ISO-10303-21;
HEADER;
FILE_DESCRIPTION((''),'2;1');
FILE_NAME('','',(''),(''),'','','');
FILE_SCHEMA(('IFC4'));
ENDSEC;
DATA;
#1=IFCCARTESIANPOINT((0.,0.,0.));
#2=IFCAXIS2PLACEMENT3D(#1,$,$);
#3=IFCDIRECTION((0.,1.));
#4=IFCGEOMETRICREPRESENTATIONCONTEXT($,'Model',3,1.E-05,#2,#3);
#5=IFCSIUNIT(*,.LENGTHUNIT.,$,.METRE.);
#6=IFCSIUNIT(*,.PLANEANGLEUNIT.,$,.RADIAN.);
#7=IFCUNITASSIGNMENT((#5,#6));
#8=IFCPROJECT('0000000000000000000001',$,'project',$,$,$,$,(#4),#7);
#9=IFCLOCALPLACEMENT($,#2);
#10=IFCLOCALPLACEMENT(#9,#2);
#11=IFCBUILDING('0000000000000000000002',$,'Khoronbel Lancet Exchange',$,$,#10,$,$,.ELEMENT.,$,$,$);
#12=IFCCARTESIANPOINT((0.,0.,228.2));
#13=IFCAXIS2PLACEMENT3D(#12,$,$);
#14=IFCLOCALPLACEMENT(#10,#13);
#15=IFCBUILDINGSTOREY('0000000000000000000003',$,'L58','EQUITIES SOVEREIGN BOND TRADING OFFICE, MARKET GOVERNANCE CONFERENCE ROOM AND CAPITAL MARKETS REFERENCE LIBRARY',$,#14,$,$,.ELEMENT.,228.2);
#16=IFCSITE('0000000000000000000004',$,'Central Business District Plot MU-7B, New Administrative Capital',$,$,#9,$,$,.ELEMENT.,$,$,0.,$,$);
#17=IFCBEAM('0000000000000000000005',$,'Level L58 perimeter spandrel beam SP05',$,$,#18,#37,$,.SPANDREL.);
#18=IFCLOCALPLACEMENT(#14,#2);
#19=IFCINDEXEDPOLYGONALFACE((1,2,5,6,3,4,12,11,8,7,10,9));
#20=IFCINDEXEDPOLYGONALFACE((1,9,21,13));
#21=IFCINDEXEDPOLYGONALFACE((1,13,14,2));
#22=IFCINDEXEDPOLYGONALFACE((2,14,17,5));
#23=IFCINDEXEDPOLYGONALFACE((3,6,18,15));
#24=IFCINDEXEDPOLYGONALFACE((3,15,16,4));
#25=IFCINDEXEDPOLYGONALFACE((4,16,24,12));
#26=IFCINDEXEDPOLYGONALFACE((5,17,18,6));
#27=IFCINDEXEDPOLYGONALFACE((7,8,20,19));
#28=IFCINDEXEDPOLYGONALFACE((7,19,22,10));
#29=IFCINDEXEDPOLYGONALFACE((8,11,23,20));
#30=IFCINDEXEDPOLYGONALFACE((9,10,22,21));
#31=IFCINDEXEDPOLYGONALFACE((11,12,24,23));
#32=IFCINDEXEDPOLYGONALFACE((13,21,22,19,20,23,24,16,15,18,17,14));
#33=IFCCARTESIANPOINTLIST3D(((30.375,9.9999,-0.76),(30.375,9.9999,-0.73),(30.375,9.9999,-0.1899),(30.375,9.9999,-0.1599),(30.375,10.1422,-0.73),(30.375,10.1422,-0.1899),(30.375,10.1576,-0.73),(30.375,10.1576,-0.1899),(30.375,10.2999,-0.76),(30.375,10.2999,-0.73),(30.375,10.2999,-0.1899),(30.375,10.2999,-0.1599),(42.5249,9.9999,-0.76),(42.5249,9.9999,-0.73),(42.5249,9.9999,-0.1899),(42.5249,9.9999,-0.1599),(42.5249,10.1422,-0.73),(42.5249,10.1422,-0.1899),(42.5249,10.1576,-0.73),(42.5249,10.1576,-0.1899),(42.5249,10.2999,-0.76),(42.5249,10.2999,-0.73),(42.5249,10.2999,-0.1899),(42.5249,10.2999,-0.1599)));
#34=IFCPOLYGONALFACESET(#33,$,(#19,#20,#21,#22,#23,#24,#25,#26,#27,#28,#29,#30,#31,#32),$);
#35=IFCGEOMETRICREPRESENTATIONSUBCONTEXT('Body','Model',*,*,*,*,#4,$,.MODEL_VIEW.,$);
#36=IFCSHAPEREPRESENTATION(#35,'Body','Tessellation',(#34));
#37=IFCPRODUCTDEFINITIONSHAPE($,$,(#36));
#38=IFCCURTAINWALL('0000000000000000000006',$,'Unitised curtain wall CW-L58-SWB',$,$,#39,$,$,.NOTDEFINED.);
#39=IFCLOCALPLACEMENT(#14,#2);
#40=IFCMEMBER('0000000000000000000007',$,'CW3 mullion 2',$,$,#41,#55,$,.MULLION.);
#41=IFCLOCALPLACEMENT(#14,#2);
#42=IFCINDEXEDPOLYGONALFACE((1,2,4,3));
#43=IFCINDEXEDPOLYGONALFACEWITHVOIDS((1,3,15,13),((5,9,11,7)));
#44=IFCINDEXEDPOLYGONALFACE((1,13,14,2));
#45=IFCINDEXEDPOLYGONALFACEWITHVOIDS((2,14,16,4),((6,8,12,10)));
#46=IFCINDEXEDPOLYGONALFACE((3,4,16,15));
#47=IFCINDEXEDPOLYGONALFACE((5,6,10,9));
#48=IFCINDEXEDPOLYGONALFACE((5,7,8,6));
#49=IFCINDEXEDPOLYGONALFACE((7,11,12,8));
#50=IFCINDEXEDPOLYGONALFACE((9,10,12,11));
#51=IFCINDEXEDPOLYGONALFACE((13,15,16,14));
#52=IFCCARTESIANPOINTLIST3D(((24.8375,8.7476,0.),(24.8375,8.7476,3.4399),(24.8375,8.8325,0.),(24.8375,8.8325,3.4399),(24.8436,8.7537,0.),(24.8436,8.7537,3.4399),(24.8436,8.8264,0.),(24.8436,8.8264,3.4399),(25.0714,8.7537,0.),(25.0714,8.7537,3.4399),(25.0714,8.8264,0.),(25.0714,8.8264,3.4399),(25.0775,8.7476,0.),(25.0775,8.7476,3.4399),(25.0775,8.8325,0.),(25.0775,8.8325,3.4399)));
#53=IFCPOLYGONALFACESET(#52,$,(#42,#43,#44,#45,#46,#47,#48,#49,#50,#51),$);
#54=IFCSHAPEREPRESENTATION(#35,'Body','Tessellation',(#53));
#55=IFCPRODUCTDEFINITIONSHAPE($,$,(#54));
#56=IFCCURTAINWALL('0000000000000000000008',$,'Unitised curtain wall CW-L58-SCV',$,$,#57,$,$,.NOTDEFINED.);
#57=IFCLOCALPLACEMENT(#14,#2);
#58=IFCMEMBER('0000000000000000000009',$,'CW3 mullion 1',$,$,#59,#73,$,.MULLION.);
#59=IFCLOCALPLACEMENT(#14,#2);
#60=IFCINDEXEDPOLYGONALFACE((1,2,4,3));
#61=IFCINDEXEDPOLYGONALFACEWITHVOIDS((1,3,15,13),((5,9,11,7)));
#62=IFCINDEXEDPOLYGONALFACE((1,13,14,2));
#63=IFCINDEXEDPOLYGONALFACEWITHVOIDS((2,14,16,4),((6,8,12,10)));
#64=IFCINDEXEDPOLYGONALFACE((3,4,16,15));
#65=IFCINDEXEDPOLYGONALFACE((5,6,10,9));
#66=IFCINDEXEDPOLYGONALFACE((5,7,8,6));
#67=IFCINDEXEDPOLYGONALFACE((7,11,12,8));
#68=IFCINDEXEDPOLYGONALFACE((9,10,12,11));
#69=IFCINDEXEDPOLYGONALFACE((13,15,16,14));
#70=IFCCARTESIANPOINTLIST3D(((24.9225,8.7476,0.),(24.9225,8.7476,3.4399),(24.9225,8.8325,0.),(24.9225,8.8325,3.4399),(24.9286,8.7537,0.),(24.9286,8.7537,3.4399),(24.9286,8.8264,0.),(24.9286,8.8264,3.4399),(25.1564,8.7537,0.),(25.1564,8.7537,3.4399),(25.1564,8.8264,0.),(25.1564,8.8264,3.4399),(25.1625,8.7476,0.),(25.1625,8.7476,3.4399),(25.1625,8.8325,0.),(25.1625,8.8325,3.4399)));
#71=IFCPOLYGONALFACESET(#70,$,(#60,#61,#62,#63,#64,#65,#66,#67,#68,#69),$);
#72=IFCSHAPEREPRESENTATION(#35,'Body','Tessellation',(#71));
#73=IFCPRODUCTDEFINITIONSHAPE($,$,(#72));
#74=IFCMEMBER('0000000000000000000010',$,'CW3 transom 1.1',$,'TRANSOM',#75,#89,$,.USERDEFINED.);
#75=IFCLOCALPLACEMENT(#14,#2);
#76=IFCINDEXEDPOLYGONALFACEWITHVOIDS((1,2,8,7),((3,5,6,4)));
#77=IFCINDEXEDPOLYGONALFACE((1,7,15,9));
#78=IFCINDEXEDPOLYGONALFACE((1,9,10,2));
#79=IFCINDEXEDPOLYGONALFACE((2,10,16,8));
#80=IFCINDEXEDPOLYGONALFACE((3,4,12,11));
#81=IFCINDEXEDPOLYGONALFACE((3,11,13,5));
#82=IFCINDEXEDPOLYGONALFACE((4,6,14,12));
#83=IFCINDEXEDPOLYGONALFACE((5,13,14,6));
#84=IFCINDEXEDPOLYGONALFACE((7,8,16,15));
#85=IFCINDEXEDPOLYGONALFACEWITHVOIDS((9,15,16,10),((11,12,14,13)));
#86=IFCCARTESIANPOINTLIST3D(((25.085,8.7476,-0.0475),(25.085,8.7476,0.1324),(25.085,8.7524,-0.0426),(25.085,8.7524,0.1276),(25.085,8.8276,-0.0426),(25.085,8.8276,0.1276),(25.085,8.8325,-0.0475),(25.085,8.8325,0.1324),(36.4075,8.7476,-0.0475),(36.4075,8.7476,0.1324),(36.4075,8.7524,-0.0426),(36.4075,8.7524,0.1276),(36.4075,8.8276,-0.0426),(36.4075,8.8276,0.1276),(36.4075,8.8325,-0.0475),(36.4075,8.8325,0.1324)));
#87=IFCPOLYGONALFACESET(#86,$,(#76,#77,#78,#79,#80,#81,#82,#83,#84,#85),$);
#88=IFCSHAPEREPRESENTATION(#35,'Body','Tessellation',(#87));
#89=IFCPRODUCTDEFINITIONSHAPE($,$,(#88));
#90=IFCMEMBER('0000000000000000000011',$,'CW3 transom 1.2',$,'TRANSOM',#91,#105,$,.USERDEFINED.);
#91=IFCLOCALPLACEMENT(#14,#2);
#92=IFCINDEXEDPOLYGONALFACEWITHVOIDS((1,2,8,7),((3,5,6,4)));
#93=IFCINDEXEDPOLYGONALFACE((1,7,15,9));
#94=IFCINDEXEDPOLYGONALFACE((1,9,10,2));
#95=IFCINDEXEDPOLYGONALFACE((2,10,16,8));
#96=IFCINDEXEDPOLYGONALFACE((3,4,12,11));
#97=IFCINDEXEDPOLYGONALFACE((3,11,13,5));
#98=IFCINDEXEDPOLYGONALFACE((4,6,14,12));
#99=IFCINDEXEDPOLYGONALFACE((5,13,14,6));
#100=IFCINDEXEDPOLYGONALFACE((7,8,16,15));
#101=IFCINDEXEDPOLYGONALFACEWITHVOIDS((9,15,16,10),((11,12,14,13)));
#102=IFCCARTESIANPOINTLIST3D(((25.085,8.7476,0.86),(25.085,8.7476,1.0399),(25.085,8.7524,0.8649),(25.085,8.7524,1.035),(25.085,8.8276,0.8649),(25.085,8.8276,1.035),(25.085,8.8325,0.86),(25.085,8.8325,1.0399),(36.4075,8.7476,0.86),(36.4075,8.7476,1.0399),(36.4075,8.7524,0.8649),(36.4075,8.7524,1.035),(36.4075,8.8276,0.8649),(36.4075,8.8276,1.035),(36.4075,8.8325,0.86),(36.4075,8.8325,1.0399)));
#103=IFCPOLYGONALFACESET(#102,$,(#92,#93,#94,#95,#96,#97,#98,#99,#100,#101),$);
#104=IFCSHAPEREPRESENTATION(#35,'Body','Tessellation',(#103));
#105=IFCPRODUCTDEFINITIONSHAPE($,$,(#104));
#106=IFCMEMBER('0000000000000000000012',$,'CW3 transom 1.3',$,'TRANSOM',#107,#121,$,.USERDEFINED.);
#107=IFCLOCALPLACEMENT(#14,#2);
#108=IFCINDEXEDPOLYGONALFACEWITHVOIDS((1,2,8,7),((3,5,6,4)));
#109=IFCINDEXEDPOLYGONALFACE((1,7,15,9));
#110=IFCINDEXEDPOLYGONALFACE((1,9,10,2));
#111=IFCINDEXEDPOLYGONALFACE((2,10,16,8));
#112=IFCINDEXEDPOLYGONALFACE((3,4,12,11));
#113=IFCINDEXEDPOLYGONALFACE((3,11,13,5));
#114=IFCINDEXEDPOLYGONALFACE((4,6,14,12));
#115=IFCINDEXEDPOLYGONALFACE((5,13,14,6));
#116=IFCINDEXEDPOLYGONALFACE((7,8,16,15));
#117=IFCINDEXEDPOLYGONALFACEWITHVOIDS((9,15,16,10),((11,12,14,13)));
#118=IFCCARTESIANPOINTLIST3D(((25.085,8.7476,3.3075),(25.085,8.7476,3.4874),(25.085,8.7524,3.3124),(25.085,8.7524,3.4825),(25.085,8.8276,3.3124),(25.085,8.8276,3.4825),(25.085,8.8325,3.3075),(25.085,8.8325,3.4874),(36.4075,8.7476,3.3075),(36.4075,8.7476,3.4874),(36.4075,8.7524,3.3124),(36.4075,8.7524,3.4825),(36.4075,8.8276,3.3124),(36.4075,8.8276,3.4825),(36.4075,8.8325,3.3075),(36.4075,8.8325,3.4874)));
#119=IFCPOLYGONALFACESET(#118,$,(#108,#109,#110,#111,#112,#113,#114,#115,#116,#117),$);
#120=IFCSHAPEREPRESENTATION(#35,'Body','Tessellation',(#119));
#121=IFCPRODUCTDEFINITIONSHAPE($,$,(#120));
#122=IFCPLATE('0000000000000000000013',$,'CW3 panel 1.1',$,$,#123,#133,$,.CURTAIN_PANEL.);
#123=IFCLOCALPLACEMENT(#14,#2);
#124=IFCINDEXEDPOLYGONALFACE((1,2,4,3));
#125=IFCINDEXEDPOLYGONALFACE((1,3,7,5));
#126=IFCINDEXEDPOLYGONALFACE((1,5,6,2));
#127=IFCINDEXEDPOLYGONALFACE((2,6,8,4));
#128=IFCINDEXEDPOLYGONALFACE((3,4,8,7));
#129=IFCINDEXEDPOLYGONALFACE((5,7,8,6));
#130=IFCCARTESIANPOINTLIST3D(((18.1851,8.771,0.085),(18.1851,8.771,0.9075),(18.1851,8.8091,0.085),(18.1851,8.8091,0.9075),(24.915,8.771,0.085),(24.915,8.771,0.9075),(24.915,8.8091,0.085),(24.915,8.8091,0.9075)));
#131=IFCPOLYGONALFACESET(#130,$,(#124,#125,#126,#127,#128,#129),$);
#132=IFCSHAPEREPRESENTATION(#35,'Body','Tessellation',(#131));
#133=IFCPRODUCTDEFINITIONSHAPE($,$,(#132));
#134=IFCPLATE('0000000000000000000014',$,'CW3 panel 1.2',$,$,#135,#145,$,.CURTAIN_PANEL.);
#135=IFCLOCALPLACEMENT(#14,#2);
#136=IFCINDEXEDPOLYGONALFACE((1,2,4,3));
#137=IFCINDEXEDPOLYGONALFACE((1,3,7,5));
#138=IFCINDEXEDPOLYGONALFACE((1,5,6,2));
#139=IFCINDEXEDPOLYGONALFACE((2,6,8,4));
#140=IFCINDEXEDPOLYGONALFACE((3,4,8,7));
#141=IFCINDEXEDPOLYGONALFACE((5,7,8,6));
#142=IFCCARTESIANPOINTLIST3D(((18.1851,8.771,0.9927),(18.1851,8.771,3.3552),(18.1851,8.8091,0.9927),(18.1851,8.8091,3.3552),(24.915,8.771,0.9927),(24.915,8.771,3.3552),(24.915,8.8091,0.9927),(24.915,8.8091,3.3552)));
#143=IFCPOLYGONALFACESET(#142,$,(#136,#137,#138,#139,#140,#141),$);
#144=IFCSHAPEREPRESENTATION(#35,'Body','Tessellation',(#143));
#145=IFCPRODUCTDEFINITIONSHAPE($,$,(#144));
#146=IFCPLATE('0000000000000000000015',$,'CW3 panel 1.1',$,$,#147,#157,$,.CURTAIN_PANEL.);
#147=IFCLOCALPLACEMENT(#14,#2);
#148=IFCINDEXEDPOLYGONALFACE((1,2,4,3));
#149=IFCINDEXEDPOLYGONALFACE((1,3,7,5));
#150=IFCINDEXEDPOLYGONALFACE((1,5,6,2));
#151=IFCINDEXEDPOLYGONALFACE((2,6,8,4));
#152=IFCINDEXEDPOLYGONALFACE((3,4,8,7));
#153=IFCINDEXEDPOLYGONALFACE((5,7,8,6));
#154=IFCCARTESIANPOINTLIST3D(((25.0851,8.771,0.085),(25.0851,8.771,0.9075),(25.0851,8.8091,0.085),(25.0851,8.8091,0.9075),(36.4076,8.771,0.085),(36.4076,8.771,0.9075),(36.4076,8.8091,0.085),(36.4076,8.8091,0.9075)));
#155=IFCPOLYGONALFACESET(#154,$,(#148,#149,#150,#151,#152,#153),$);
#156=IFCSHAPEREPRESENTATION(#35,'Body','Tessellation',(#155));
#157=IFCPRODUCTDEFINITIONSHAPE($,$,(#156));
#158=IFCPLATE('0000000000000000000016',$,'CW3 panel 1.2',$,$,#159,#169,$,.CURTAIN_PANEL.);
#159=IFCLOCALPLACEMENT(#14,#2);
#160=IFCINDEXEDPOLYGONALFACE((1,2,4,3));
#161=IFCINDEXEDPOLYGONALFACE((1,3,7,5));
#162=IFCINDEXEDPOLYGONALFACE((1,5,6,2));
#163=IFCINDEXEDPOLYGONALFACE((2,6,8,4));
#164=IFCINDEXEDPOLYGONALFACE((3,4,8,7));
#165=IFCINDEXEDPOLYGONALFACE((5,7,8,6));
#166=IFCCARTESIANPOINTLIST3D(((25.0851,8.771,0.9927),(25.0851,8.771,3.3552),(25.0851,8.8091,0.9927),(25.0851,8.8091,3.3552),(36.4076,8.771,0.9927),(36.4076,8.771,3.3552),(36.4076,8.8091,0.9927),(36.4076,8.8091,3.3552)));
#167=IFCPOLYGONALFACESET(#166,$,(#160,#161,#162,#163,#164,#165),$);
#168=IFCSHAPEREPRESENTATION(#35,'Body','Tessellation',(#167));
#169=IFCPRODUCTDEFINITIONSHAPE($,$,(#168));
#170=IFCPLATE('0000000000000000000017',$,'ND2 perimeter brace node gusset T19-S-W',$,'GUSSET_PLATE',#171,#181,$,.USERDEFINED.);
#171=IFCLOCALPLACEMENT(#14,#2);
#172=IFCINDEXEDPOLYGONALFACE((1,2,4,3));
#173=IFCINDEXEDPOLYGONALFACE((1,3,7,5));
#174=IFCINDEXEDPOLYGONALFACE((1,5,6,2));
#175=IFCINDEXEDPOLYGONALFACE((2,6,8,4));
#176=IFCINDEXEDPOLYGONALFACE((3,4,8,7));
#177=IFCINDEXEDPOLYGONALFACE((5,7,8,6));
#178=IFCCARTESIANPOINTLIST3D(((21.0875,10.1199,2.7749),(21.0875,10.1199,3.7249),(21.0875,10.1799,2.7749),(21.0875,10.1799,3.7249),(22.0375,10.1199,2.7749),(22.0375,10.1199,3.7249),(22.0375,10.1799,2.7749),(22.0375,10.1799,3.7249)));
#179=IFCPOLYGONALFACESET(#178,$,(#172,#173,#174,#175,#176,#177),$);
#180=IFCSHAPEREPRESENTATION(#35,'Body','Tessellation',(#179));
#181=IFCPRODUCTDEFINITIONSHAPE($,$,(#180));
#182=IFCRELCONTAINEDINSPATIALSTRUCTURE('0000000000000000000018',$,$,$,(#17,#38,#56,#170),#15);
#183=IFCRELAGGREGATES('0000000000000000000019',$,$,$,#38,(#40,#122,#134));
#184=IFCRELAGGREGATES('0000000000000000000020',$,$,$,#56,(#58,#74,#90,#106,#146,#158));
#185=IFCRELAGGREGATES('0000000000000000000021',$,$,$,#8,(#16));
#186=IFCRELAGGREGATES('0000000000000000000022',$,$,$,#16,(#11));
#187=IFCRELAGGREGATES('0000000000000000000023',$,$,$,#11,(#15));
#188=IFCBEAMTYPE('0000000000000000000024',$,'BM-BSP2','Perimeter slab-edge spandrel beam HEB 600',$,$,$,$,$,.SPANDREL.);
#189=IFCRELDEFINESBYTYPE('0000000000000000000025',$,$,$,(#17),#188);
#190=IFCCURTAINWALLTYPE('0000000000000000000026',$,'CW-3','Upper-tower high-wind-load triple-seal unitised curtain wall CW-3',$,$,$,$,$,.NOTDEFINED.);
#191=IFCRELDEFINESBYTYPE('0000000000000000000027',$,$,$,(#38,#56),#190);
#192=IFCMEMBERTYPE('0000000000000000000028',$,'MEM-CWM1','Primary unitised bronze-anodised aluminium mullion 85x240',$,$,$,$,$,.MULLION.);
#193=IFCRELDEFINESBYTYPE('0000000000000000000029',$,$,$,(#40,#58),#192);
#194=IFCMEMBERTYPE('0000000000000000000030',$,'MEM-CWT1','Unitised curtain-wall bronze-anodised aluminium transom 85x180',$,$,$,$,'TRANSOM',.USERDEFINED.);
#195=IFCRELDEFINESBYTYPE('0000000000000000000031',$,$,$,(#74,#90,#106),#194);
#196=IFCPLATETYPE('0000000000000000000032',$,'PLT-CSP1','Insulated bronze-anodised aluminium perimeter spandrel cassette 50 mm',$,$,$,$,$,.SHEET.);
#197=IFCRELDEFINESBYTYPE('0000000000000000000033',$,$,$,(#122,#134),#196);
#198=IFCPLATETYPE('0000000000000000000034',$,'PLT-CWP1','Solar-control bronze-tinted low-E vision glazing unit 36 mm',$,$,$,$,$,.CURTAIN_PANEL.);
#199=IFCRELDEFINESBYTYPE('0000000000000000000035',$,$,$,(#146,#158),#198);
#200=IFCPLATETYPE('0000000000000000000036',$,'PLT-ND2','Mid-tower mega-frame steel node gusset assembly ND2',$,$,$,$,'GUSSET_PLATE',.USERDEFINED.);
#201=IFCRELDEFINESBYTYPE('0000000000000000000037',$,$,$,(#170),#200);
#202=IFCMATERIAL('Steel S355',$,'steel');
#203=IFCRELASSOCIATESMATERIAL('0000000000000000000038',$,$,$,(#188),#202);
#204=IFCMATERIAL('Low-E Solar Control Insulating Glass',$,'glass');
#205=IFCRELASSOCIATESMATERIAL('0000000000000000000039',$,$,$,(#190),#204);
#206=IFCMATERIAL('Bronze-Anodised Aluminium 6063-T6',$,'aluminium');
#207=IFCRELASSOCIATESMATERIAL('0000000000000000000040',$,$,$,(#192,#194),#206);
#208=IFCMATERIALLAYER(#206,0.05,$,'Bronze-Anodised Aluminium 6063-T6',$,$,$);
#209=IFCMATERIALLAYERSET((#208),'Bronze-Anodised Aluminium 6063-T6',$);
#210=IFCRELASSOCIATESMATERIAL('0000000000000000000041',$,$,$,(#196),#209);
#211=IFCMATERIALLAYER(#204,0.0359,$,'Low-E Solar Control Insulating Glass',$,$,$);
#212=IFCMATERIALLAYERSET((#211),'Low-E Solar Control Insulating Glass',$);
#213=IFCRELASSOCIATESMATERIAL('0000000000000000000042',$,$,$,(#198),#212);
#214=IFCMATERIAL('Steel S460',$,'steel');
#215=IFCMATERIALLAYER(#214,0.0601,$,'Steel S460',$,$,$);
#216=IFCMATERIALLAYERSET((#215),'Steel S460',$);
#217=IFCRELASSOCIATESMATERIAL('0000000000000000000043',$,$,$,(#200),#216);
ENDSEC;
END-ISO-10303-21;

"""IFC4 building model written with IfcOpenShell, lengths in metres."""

from ifc_helpers import new_model, si_unit, direction, frame, origin, origin_2d, place, context, subcontext, project, spatial, rectangle, hollow_rectangle, i_section, extrude, material, layer, layer_set, material_profile, profile_set, type_object, element, aggregate, save


model = new_model("IFC4")

# Units and contexts
model_context = context("Model", 3, precision=1e-05, world=origin(), true_north=direction((0.0, 1.0)))
body_context = subcontext(model_context, "Body", "Model", "MODEL_VIEW")
ifc_project = project(units=[si_unit("LENGTHUNIT", "METRE"), si_unit("PLANEANGLEUNIT", "RADIAN")], contexts=[model_context])

# Site, building, storey
site_placement = place(None, origin())
site = spatial("IfcSite", under=ifc_project, at=site_placement, Name="Central Business District Plot MU-7B, New Administrative Capital", CompositionType="ELEMENT", RefElevation=0.0)
building_placement = place(site_placement, origin())
building = spatial("IfcBuilding", under=site, at=building_placement, Name="Khoronbel Lancet Exchange", CompositionType="ELEMENT")
storey_placement = place(building_placement, frame((0.0, 0.0, 228.2)))
storey = spatial("IfcBuildingStorey", under=building, at=storey_placement, Name="L58", Description="EQUITIES SOVEREIGN BOND TRADING OFFICE, MARKET GOVERNANCE CONFERENCE ROOM AND CAPITAL MARKETS REFERENCE LIBRARY", CompositionType="ELEMENT", Elevation=228.2)

# Shared definitions
ifc_material_1 = material(Name="Steel S460", Category="steel")

# Beam
ifc_material_2 = material(Name="Steel S355", Category="steel")
ifc_material_profile_1 = material_profile(ifc_material_2, i_section(OverallWidth=0.3, OverallDepth=0.6001, WebThickness=0.0154, FlangeThickness=0.03, at=origin_2d()), Name="HEB 600")
ifc_profile_set_1 = profile_set([ifc_material_profile_1], Name="Steel S355")
beam_type_1 = type_object("IfcBeamType", Name="BM-BSP2", Description="Perimeter slab-edge spandrel beam HEB 600", PredefinedType="SPANDREL", material=ifc_profile_set_1)
beam_1_placement = place(storey_placement, frame((30.375, 10.1499, -0.46), z_axis=(1.0, 0.0, 0.0), x_axis=(0.0, 1.0, 0.0)))
element("IfcBeam", 1, at=beam_1_placement, inside=storey, type_object=beam_type_1, Name="Level L58 perimeter spandrel beam SP05", PredefinedType="SPANDREL", context=body_context, shape_type="SweptSolid", body=[
    extrude(i_section(OverallWidth=0.3, OverallDepth=0.6001, WebThickness=0.0154, FlangeThickness=0.03, at=origin_2d()), origin(), (0.0, 0.0, 1.0), 12.1499),
])

# Curtain wall, member
ifc_material_3 = material(Name="Low-E Solar Control Insulating Glass", Category="glass")
curtain_wall_type = type_object("IfcCurtainWallType", Name="CW-3", Description="Upper-tower high-wind-load triple-seal unitised curtain wall CW-3", PredefinedType="NOTDEFINED", material=ifc_material_3)
curtain_wall_1_placement = place(storey_placement, origin())
curtain_wall_1 = element("IfcCurtainWall", 2, at=curtain_wall_1_placement, inside=storey, type_object=curtain_wall_type, Name="Unitised curtain wall CW-L58-SWB", PredefinedType="NOTDEFINED")
ifc_material_4 = material(Name="Bronze-Anodised Aluminium 6063-T6", Category="aluminium")
ifc_material_profile_2 = material_profile(ifc_material_4, hollow_rectangle(XDim=0.085, YDim=0.24, WallThickness=0.0061, at=origin_2d()), Name="ALU MULLION 85x240")
ifc_profile_set_2 = profile_set([ifc_material_profile_2], Name="Bronze-Anodised Aluminium 6063-T6")
member_type_1 = type_object("IfcMemberType", Name="MEM-CWM1", Description="Primary unitised bronze-anodised aluminium mullion 85x240", PredefinedType="MULLION", material=ifc_profile_set_2)
member_1_placement = place(storey_placement, frame((24.9575, 8.79, 0.0), z_axis=(0.0, 0.0, 1.0), x_axis=(0.0, 1.0, 0.0)))
member_1 = element("IfcMember", 3, at=member_1_placement, type_object=member_type_1, Name="CW3 mullion 2", PredefinedType="MULLION", context=body_context, shape_type="SweptSolid", body=[
    extrude(hollow_rectangle(XDim=0.085, YDim=0.24, WallThickness=0.0061, at=origin_2d()), origin(), (0.0, 0.0, 1.0), 3.4399),
])

# Curtain wall, members
curtain_wall_2_placement = place(storey_placement, origin())
curtain_wall_2 = element("IfcCurtainWall", 4, at=curtain_wall_2_placement, inside=storey, type_object=curtain_wall_type, Name="Unitised curtain wall CW-L58-SCV", PredefinedType="NOTDEFINED")
member_2_placement = place(storey_placement, frame((25.0425, 8.79, 0.0), z_axis=(0.0, 0.0, 1.0), x_axis=(0.0, 1.0, 0.0)))
member_2 = element("IfcMember", 5, at=member_2_placement, type_object=member_type_1, Name="CW3 mullion 1", PredefinedType="MULLION", context=body_context, shape_type="SweptSolid", body=[
    extrude(hollow_rectangle(XDim=0.085, YDim=0.24, WallThickness=0.0061, at=origin_2d()), origin(), (0.0, 0.0, 1.0), 3.4399),
])
ifc_material_profile_3 = material_profile(ifc_material_4, hollow_rectangle(XDim=0.085, YDim=0.1799, WallThickness=0.0049, at=origin_2d()), Name="ALU TRANSOM 85x180")
ifc_profile_set_3 = profile_set([ifc_material_profile_3], Name="Bronze-Anodised Aluminium 6063-T6")
member_type_2 = type_object("IfcMemberType", Name="MEM-CWT1", Description="Unitised curtain-wall bronze-anodised aluminium transom 85x180", ElementType="TRANSOM", PredefinedType="USERDEFINED", material=ifc_profile_set_3)
member_3_placement = place(storey_placement, frame((25.085, 8.79, 0.0425), z_axis=(1.0, 0.0, 0.0), x_axis=(0.0, 1.0, 0.0)))
member_3 = element("IfcMember", 6, at=member_3_placement, type_object=member_type_2, Name="CW3 transom 1.1", ObjectType="TRANSOM", PredefinedType="USERDEFINED", context=body_context, shape_type="SweptSolid", body=[
    extrude(hollow_rectangle(XDim=0.085, YDim=0.1799, WallThickness=0.0049, at=origin_2d()), origin(), (0.0, 0.0, 1.0), 11.3225),
])
member_4_placement = place(storey_placement, frame((25.085, 8.79, 0.95), z_axis=(1.0, 0.0, 0.0), x_axis=(0.0, 1.0, 0.0)))
member_4 = element("IfcMember", 7, at=member_4_placement, type_object=member_type_2, Name="CW3 transom 1.2", ObjectType="TRANSOM", PredefinedType="USERDEFINED", context=body_context, shape_type="SweptSolid", body=[
    extrude(hollow_rectangle(XDim=0.085, YDim=0.1799, WallThickness=0.0049, at=origin_2d()), origin(), (0.0, 0.0, 1.0), 11.3225),
])
member_5_placement = place(storey_placement, frame((25.085, 8.79, 3.3975), z_axis=(1.0, 0.0, 0.0), x_axis=(0.0, 1.0, 0.0)))
member_5 = element("IfcMember", 8, at=member_5_placement, type_object=member_type_2, Name="CW3 transom 1.3", ObjectType="TRANSOM", PredefinedType="USERDEFINED", context=body_context, shape_type="SweptSolid", body=[
    extrude(hollow_rectangle(XDim=0.085, YDim=0.1799, WallThickness=0.0049, at=origin_2d()), origin(), (0.0, 0.0, 1.0), 11.3225),
])

# Plates
ifc_layer_1 = layer(ifc_material_4, 0.05, Name="Bronze-Anodised Aluminium 6063-T6")
ifc_layer_set_1 = layer_set([ifc_layer_1], Name="Bronze-Anodised Aluminium 6063-T6")
plate_type_1 = type_object("IfcPlateType", Name="PLT-CSP1", Description="Insulated bronze-anodised aluminium perimeter spandrel cassette 50 mm", PredefinedType="SHEET", material=ifc_layer_set_1)
plate_1_placement = place(storey_placement, frame((21.55, 8.79, 0.085), z_axis=(0.0, 0.0, 1.0), x_axis=(1.0, 0.0, 0.0)))
plate_1 = element("IfcPlate", 9, at=plate_1_placement, type_object=plate_type_1, Name="CW3 panel 1.1", PredefinedType="CURTAIN_PANEL", context=body_context, shape_type="SweptSolid", body=[
    extrude(rectangle(XDim=6.73, YDim=0.0381, at=origin_2d()), origin(), (0.0, 0.0, 1.0), 0.8225),
])
plate_2_placement = place(storey_placement, frame((21.55, 8.79, 0.9927), z_axis=(0.0, 0.0, 1.0), x_axis=(1.0, 0.0, 0.0)))
plate_2 = element("IfcPlate", 10, at=plate_2_placement, type_object=plate_type_1, Name="CW3 panel 1.2", PredefinedType="CURTAIN_PANEL", context=body_context, shape_type="SweptSolid", body=[
    extrude(rectangle(XDim=6.73, YDim=0.0381, at=origin_2d()), origin(), (0.0, 0.0, 1.0), 2.3625),
])
aggregate(curtain_wall_1, [member_1, plate_1, plate_2])
ifc_layer_2 = layer(ifc_material_3, 0.0359, Name="Low-E Solar Control Insulating Glass")
ifc_layer_set_2 = layer_set([ifc_layer_2], Name="Low-E Solar Control Insulating Glass")
plate_type_2 = type_object("IfcPlateType", Name="PLT-CWP1", Description="Solar-control bronze-tinted low-E vision glazing unit 36 mm", PredefinedType="CURTAIN_PANEL", material=ifc_layer_set_2)
plate_3_placement = place(storey_placement, frame((30.7463, 8.79, 0.085), z_axis=(0.0, 0.0, 1.0), x_axis=(1.0, 0.0, 0.0)))
plate_3 = element("IfcPlate", 11, at=plate_3_placement, type_object=plate_type_2, Name="CW3 panel 1.1", PredefinedType="CURTAIN_PANEL", context=body_context, shape_type="SweptSolid", body=[
    extrude(rectangle(XDim=11.3225, YDim=0.0381, at=origin_2d()), origin(), (0.0, 0.0, 1.0), 0.8225),
])
plate_4_placement = place(storey_placement, frame((30.7463, 8.79, 0.9927), z_axis=(0.0, 0.0, 1.0), x_axis=(1.0, 0.0, 0.0)))
plate_4 = element("IfcPlate", 12, at=plate_4_placement, type_object=plate_type_2, Name="CW3 panel 1.2", PredefinedType="CURTAIN_PANEL", context=body_context, shape_type="SweptSolid", body=[
    extrude(rectangle(XDim=11.3225, YDim=0.0381, at=origin_2d()), origin(), (0.0, 0.0, 1.0), 2.3625),
])
aggregate(curtain_wall_2, [member_2, member_3, member_4, member_5, plate_3, plate_4])
ifc_layer_3 = layer(ifc_material_1, 0.0601, Name="Steel S460")
ifc_layer_set_3 = layer_set([ifc_layer_3], Name="Steel S460")
plate_type_3 = type_object("IfcPlateType", Name="PLT-ND2", Description="Mid-tower mega-frame steel node gusset assembly ND2", ElementType="GUSSET_PLATE", PredefinedType="USERDEFINED", material=ifc_layer_set_3)
plate_5_placement = place(storey_placement, frame((21.5625, 10.1499, 2.7749), z_axis=(0.0, 0.0, 1.0), x_axis=(1.0, 0.0, 0.0)))
element("IfcPlate", 13, at=plate_5_placement, inside=storey, type_object=plate_type_3, Name="ND2 perimeter brace node gusset T19-S-W", ObjectType="GUSSET_PLATE", PredefinedType="USERDEFINED", context=body_context, shape_type="SweptSolid", body=[
    extrude(rectangle(XDim=0.95, YDim=0.0601, at=origin_2d()), origin(), (0.0, 0.0, 1.0), 0.95),
])

save(model, "model.ifc")
